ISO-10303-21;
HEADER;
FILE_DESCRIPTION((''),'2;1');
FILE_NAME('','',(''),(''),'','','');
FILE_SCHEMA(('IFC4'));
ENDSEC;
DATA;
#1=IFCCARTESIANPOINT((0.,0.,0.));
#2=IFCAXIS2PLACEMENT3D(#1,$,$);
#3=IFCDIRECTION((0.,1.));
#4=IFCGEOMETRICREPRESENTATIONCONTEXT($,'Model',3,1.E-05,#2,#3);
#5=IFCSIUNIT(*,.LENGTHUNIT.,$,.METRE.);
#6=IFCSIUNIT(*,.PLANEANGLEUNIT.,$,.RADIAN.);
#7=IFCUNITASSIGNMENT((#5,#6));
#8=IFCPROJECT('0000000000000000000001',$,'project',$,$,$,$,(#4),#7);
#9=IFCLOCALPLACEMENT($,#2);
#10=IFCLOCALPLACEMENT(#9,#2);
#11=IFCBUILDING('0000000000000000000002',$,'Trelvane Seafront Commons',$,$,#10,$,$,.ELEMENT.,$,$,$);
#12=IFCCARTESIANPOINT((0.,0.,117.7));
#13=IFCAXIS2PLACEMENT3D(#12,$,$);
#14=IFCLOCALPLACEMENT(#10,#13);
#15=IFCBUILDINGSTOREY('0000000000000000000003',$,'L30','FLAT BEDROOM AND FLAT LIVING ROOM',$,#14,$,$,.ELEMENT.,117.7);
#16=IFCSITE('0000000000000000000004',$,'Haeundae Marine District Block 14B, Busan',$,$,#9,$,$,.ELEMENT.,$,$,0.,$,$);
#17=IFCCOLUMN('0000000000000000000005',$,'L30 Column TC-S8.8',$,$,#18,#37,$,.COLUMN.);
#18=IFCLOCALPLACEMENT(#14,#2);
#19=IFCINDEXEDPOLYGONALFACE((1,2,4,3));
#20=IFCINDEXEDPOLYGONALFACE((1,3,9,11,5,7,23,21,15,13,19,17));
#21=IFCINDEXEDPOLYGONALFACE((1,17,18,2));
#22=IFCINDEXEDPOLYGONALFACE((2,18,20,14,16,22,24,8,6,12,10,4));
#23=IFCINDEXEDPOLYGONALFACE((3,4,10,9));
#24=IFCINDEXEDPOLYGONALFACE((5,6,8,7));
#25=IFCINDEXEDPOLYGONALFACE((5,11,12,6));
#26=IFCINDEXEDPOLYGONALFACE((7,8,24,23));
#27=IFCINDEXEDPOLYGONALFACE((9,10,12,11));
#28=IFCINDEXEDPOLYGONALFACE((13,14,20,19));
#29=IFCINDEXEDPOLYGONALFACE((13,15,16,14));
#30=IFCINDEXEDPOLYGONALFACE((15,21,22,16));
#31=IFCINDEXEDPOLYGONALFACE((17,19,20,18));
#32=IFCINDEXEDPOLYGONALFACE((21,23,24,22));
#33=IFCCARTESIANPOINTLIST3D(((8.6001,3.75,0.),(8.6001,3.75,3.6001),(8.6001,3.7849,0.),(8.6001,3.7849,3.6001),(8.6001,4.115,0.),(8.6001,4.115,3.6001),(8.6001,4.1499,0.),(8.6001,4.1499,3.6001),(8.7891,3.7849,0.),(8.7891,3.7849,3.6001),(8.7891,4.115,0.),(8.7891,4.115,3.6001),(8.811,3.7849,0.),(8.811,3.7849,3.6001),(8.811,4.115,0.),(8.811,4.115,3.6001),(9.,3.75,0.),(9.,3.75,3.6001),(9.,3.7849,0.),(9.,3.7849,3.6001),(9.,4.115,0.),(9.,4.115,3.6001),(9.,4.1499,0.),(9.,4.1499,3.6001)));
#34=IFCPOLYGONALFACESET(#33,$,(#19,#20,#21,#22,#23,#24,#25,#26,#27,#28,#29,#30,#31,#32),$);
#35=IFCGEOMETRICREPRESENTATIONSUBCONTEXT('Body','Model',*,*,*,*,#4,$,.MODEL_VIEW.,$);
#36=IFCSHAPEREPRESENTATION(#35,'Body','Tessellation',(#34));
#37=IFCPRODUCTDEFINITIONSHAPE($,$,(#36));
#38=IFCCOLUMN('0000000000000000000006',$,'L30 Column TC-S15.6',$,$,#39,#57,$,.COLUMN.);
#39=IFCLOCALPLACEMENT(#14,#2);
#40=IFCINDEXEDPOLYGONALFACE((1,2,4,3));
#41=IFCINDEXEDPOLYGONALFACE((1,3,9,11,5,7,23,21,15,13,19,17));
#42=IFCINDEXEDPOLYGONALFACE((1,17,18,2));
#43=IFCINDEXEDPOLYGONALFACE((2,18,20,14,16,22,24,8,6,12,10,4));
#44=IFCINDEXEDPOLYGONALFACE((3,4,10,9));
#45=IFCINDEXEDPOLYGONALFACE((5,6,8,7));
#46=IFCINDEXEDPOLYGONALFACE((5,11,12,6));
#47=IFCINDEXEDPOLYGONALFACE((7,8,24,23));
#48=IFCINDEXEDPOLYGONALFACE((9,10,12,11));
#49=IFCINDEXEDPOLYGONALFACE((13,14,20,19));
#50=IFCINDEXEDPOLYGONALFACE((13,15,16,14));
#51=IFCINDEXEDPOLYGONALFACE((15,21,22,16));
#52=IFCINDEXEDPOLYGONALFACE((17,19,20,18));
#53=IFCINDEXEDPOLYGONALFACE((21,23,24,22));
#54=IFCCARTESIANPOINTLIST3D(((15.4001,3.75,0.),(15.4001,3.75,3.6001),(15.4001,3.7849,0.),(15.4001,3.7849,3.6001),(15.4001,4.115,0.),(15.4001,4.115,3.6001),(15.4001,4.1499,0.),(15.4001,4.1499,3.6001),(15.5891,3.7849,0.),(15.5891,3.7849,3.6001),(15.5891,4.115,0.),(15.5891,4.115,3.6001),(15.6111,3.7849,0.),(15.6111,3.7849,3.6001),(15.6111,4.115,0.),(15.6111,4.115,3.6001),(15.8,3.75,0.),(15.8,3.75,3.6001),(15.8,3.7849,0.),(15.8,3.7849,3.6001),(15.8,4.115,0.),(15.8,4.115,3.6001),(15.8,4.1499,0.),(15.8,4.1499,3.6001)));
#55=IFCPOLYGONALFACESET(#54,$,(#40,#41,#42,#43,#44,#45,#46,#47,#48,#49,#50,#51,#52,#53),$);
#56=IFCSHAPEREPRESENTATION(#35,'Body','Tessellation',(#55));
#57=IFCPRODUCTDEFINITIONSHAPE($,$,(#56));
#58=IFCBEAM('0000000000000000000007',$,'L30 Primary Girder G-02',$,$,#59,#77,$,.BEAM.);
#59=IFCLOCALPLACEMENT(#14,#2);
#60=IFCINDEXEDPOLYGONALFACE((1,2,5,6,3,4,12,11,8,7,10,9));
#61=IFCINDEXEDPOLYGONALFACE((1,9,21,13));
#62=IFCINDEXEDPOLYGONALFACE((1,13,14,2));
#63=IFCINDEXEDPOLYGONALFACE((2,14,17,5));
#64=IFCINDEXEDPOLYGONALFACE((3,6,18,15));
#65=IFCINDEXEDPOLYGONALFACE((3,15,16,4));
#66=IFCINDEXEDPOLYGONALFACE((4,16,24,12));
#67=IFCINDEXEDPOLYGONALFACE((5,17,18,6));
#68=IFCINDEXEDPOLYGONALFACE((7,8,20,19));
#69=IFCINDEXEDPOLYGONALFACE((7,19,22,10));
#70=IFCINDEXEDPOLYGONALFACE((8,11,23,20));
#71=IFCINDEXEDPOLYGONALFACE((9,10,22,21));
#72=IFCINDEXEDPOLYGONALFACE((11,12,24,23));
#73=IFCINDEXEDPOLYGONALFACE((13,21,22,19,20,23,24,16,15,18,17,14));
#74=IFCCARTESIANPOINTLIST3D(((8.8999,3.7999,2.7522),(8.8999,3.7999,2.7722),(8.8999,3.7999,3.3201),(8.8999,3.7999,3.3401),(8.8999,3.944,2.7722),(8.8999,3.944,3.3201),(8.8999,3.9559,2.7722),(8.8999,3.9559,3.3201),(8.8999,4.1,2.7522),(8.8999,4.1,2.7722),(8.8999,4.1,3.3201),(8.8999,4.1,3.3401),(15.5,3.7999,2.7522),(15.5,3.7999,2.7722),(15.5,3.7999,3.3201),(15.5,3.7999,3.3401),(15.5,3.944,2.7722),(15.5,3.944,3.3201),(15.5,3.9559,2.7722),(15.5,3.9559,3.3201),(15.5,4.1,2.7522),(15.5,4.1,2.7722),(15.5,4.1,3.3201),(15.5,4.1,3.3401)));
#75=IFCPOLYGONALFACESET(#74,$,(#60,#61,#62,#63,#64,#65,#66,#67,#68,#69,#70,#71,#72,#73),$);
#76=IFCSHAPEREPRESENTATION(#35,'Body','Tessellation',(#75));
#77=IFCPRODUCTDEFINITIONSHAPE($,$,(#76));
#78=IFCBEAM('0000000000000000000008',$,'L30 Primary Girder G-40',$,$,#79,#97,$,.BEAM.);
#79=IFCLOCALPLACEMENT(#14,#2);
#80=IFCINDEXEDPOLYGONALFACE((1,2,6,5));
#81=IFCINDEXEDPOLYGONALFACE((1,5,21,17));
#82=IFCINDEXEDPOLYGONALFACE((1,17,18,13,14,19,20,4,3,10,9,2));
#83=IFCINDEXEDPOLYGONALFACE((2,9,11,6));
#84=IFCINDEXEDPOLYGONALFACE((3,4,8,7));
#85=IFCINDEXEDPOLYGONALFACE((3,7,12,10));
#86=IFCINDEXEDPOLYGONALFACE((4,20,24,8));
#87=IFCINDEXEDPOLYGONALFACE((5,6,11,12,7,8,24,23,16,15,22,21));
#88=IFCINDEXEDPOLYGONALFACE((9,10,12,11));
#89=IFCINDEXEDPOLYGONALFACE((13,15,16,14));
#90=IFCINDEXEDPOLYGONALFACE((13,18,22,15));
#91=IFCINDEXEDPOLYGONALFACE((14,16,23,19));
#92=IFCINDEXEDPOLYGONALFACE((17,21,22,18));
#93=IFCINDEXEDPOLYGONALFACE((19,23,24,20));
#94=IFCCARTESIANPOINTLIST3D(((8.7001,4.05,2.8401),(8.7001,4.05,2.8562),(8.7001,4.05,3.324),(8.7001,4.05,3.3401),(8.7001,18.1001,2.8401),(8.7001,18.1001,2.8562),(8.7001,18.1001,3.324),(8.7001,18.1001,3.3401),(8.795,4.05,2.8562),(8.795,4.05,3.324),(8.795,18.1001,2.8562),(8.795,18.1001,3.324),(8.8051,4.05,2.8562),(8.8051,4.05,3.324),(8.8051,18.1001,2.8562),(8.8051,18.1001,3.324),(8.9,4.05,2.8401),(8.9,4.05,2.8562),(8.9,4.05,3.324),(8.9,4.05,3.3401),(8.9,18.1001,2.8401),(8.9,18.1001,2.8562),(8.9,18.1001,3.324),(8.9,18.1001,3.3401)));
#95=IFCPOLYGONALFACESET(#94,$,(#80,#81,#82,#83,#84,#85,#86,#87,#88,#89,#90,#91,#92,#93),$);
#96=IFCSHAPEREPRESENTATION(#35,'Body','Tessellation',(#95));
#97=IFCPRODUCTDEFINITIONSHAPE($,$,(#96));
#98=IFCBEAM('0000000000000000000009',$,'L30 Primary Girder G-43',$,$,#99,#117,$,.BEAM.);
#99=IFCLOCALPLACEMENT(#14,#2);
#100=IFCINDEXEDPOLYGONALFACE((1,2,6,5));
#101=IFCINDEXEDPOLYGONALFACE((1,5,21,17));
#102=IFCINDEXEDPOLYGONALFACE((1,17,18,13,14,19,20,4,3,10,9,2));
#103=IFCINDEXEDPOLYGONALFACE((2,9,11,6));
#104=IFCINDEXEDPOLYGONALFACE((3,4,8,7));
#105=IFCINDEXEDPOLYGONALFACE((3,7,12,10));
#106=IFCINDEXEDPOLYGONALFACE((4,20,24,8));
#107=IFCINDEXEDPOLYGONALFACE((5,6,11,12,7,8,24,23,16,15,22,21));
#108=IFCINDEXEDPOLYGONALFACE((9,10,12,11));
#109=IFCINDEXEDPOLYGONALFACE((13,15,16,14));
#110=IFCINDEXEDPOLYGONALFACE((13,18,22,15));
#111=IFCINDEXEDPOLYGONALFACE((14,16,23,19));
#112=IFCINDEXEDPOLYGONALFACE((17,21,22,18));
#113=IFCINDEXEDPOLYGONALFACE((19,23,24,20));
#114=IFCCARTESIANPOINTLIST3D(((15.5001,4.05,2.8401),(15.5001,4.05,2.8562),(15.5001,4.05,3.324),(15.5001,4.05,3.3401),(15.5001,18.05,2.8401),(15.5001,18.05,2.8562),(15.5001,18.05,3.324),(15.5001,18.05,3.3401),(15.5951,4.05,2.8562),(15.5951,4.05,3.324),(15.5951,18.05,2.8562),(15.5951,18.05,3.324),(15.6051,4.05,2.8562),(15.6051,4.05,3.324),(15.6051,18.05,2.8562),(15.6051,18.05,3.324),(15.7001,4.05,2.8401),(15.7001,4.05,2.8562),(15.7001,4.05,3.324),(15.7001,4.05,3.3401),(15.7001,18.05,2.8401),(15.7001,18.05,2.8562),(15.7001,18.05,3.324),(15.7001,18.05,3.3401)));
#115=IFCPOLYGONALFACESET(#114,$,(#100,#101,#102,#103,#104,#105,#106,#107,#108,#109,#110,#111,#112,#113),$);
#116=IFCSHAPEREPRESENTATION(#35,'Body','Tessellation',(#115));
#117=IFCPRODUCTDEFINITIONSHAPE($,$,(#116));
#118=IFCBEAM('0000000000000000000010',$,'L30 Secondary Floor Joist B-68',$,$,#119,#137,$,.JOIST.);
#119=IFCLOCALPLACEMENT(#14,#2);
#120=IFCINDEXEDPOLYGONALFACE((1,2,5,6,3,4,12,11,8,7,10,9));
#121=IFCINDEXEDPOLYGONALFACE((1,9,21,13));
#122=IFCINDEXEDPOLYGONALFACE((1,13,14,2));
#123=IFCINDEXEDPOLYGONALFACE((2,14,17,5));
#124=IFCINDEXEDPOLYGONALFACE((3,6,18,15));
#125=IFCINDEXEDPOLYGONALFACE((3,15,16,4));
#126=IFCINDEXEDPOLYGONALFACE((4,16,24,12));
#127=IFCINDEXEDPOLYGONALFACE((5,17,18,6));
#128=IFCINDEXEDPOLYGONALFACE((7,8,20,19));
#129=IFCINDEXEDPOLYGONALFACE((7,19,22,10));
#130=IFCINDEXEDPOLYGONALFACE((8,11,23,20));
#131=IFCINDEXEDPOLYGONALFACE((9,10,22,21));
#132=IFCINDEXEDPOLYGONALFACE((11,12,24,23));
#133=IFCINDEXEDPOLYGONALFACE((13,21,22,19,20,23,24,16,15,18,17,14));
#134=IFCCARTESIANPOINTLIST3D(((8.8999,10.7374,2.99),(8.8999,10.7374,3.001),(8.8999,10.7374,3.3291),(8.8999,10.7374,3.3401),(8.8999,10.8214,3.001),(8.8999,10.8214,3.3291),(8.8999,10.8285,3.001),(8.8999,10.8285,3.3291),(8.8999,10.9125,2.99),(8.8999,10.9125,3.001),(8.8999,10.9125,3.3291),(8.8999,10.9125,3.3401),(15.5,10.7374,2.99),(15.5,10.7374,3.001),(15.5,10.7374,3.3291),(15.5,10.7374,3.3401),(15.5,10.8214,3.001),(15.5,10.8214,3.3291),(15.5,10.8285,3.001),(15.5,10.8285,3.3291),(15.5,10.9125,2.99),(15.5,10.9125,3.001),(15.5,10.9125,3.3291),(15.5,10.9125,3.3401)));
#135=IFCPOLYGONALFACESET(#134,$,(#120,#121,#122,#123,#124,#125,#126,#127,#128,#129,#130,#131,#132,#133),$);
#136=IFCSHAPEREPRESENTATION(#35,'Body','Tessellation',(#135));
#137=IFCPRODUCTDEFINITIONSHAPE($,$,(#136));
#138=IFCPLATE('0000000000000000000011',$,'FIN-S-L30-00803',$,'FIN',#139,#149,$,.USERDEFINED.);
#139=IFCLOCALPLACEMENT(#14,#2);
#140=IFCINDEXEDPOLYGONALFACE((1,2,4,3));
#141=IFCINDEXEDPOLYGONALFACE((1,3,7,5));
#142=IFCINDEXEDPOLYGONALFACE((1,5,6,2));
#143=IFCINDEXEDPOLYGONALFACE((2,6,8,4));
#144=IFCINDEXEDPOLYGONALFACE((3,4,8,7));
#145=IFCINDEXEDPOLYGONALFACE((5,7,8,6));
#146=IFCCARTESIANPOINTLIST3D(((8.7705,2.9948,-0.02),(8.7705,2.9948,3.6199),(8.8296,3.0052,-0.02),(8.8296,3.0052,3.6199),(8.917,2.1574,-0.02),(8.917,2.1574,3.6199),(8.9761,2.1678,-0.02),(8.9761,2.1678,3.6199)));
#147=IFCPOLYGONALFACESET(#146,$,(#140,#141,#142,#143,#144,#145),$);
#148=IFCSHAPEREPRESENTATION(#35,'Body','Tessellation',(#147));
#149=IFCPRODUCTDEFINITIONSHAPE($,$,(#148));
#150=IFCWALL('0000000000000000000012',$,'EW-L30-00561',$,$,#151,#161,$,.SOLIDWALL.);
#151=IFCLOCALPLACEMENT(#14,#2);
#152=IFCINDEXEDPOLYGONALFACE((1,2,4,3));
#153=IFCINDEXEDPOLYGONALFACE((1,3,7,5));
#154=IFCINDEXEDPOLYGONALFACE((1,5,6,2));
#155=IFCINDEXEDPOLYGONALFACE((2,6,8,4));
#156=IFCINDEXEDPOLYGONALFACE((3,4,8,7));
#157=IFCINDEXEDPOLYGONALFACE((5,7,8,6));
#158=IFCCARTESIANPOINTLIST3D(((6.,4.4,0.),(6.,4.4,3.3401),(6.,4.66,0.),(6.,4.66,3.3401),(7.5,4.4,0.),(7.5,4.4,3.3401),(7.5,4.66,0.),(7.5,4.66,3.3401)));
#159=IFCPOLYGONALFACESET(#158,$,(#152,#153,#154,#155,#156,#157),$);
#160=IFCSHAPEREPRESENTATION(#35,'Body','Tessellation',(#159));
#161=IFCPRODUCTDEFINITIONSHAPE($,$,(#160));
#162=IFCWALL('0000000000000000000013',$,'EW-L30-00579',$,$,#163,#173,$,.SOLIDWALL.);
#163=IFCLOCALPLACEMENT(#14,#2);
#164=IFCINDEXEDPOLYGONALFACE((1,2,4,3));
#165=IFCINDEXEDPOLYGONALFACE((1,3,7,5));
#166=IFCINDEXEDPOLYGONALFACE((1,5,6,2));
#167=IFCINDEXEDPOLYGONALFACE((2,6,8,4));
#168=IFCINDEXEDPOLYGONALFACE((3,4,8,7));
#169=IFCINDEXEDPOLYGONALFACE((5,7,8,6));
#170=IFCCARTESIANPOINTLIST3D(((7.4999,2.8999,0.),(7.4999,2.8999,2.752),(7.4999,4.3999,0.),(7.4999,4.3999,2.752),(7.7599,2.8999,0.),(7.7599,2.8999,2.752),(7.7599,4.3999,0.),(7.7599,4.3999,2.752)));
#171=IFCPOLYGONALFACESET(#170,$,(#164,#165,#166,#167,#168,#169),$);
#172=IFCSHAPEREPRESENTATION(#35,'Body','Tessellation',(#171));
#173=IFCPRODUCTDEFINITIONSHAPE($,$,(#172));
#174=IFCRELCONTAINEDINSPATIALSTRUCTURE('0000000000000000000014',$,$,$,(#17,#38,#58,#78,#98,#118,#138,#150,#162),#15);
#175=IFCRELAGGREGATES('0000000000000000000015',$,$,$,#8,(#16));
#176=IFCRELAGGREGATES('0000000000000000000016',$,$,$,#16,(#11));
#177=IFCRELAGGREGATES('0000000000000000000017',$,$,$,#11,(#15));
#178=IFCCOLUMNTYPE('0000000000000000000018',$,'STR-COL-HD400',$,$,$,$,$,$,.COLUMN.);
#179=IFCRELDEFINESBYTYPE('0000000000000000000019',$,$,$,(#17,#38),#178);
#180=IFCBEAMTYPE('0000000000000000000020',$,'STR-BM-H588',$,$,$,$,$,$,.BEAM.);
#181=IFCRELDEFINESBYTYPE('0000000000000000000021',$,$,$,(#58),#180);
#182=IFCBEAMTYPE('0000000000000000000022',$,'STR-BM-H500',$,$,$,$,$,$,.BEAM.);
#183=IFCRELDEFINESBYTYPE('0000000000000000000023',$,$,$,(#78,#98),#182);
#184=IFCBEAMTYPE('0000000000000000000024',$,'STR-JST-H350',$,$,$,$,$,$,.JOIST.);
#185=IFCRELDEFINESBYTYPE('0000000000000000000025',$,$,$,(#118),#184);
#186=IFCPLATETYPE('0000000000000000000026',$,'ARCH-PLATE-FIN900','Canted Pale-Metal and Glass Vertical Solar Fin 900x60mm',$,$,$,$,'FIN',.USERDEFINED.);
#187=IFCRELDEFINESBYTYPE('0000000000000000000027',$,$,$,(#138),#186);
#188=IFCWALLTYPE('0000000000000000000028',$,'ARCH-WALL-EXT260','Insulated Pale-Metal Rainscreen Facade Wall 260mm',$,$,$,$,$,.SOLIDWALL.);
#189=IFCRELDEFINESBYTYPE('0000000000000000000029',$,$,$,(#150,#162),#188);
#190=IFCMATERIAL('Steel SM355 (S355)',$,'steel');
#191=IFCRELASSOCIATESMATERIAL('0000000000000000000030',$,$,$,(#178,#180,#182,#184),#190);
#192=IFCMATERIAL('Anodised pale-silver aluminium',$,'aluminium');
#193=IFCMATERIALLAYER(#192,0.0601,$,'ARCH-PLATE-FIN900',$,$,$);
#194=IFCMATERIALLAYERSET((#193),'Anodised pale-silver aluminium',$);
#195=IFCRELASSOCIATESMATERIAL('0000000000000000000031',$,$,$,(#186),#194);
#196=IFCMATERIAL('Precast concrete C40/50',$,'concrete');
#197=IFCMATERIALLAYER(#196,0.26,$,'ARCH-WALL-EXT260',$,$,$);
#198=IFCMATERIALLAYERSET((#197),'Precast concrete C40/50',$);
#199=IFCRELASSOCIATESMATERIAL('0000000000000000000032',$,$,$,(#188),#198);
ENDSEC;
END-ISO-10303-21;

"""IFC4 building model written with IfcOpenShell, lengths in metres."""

from ifc_helpers import new_model, si_unit, direction, frame, frame_2d, origin, origin_2d, place, context, subcontext, project, spatial, rectangle, i_section, extrude, source, transform, mapped, material, layer, layer_set, material_profile, profile_set, type_object, element, save


model = new_model("IFC4")

# Units and contexts
model_context = context("Model", 3, precision=1e-05, world=origin(), true_north=direction((0.0, 1.0)))
body_context = subcontext(model_context, "Body", "Model", "MODEL_VIEW")
ifc_project = project(units=[si_unit("LENGTHUNIT", "METRE"), si_unit("PLANEANGLEUNIT", "RADIAN")], contexts=[model_context])

# Site, building, storey
site_placement = place(None, origin())
site = spatial("IfcSite", under=ifc_project, at=site_placement, Name="Haeundae Marine District Block 14B, Busan", CompositionType="ELEMENT", RefElevation=0.0)
building_placement = place(site_placement, origin())
building = spatial("IfcBuilding", under=site, at=building_placement, Name="Trelvane Seafront Commons", CompositionType="ELEMENT")
storey_placement = place(building_placement, frame((0.0, 0.0, 117.7)))
storey = spatial("IfcBuildingStorey", under=building, at=storey_placement, Name="L30", Description="FLAT BEDROOM AND FLAT LIVING ROOM", CompositionType="ELEMENT", Elevation=117.7)

# Columns
ifc_material_1 = material(Name="Steel SM355 (S355)", Category="steel")
ifc_material_profile_1 = material_profile(ifc_material_1, i_section(OverallWidth=0.3999, OverallDepth=0.3999, WebThickness=0.022, FlangeThickness=0.0349, at=origin_2d()), Name="HD-400x400x22x35")
ifc_profile_set_1 = profile_set([ifc_material_profile_1], Name="Steel SM355 (S355)")
column_type = type_object("IfcColumnType", Name="STR-COL-HD400", PredefinedType="COLUMN", material=ifc_profile_set_1)
shared_shape_1 = source(origin(), body_context, "Body", "SweptSolid", [
    extrude(i_section(OverallWidth=0.3999, OverallDepth=0.3999, WebThickness=0.022, FlangeThickness=0.0349, at=origin_2d()), origin(), (0.0, 0.0, 1.0), 3.6001),
])
for number, where, z_axis, x_axis, name in (
    (1, (8.8, 3.95, 0.0), (0.0, 0.0, 1.0), (1.0, 0.0, 0.0), "L30 Column TC-S8.8"),
    (2, (15.6001, 3.95, 0.0), (0.0, 0.0, 1.0), (1.0, 0.0, 0.0), "L30 Column TC-S15.6"),
):
    element("IfcColumn", number, at=place(storey_placement, frame(where, z_axis=z_axis, x_axis=x_axis)), inside=storey, type_object=column_type, Name=name, PredefinedType="COLUMN", context=body_context, shape_type="MappedRepresentation", body=[
        mapped(shared_shape_1, transform((0.0, 0.0, 0.0), x_axis=(1.0, 0.0, 0.0), y_axis=(0.0, 1.0, 0.0), z_axis=(0.0, 0.0, 1.0), scale=1.0)),
    ])

# Beams
ifc_material_profile_2 = material_profile(ifc_material_1, i_section(OverallWidth=0.3, OverallDepth=0.5879, WebThickness=0.012, FlangeThickness=0.02, at=origin_2d()), Name="H-588x300x12x20")
ifc_profile_set_2 = profile_set([ifc_material_profile_2], Name="Steel SM355 (S355)")
beam_type_1 = type_object("IfcBeamType", Name="STR-BM-H588", PredefinedType="BEAM", material=ifc_profile_set_2)
shared_shape_2 = source(origin(), body_context, "Body", "SweptSolid", [
    extrude(i_section(OverallWidth=0.3, OverallDepth=0.5879, WebThickness=0.012, FlangeThickness=0.02, at=origin_2d()), origin(), (0.0, 0.0, 1.0), 6.6001),
])
beam_1_placement = place(storey_placement, frame((8.8999, 3.95, 3.0461), z_axis=(1.0, 0.0, 0.0), x_axis=(0.0, 1.0, 0.0)))
element("IfcBeam", 3, at=beam_1_placement, inside=storey, type_object=beam_type_1, Name="L30 Primary Girder G-02", PredefinedType="BEAM", context=body_context, shape_type="MappedRepresentation", body=[
    mapped(shared_shape_2, transform((0.0, 0.0, 0.0), x_axis=(1.0, 0.0, 0.0), y_axis=(0.0, 1.0, 0.0), z_axis=(0.0, 0.0, 1.0), scale=1.0)),
])
ifc_material_profile_3 = material_profile(ifc_material_1, i_section(OverallWidth=0.2, OverallDepth=0.5, WebThickness=0.01, FlangeThickness=0.0161, at=origin_2d()), Name="H-500x200x10x16")
ifc_profile_set_3 = profile_set([ifc_material_profile_3], Name="Steel SM355 (S355)")
beam_type_2 = type_object("IfcBeamType", Name="STR-BM-H500", PredefinedType="BEAM", material=ifc_profile_set_3)
shared_shape_3 = source(origin(), body_context, "Body", "SweptSolid", [
    extrude(i_section(OverallWidth=0.2, OverallDepth=0.5, WebThickness=0.01, FlangeThickness=0.0161, at=origin_2d()), origin(), (0.0, 0.0, 1.0), 14.05),
])
beam_2_placement = place(storey_placement, frame((8.8, 4.05, 3.0901), z_axis=(0.0, 1.0, 0.0), x_axis=(-1.0, 0.0, 0.0)))
element("IfcBeam", 4, at=beam_2_placement, inside=storey, type_object=beam_type_2, Name="L30 Primary Girder G-40", PredefinedType="BEAM", context=body_context, shape_type="MappedRepresentation", body=[
    mapped(shared_shape_3, transform((0.0, 0.0, 0.0), x_axis=(1.0, 0.0, 0.0), y_axis=(0.0, 1.0, 0.0), z_axis=(0.0, 0.0, 1.0), scale=1.0)),
])
shared_shape_4 = source(origin(), body_context, "Body", "SweptSolid", [
    extrude(i_section(OverallWidth=0.2, OverallDepth=0.5, WebThickness=0.01, FlangeThickness=0.0161, at=origin_2d()), origin(), (0.0, 0.0, 1.0), 14.0),
])
beam_3_placement = place(storey_placement, frame((15.6001, 4.05, 3.0901), z_axis=(0.0, 1.0, 0.0), x_axis=(-1.0, 0.0, 0.0)))
element("IfcBeam", 5, at=beam_3_placement, inside=storey, type_object=beam_type_2, Name="L30 Primary Girder G-43", PredefinedType="BEAM", context=body_context, shape_type="MappedRepresentation", body=[
    mapped(shared_shape_4, transform((0.0, 0.0, 0.0), x_axis=(1.0, 0.0, 0.0), y_axis=(0.0, 1.0, 0.0), z_axis=(0.0, 0.0, 1.0), scale=1.0)),
])
ifc_material_profile_4 = material_profile(ifc_material_1, i_section(OverallWidth=0.175, OverallDepth=0.3501, WebThickness=0.0071, FlangeThickness=0.011, at=origin_2d()), Name="H-350x175x7x11")
ifc_profile_set_4 = profile_set([ifc_material_profile_4], Name="Steel SM355 (S355)")
beam_type_3 = type_object("IfcBeamType", Name="STR-JST-H350", PredefinedType="JOIST", material=ifc_profile_set_4)
shared_shape_5 = source(origin(), body_context, "Body", "SweptSolid", [
    extrude(i_section(OverallWidth=0.175, OverallDepth=0.3501, WebThickness=0.0071, FlangeThickness=0.011, at=origin_2d()), origin(), (0.0, 0.0, 1.0), 6.6001),
])
beam_4_placement = place(storey_placement, frame((8.8999, 10.825, 3.165), z_axis=(1.0, 0.0, 0.0), x_axis=(0.0, 1.0, 0.0)))
element("IfcBeam", 6, at=beam_4_placement, inside=storey, type_object=beam_type_3, Name="L30 Secondary Floor Joist B-68", PredefinedType="JOIST", context=body_context, shape_type="MappedRepresentation", body=[
    mapped(shared_shape_5, transform((0.0, 0.0, 0.0), x_axis=(1.0, 0.0, 0.0), y_axis=(0.0, 1.0, 0.0), z_axis=(0.0, 0.0, 1.0), scale=1.0)),
])

# Plate
ifc_material_2 = material(Name="Anodised pale-silver aluminium", Category="aluminium")
ifc_layer_1 = layer(ifc_material_2, 0.0601, Name="ARCH-PLATE-FIN900")
ifc_layer_set_1 = layer_set([ifc_layer_1], Name="Anodised pale-silver aluminium")
plate_type = type_object("IfcPlateType", Name="ARCH-PLATE-FIN900", Description="Canted Pale-Metal and Glass Vertical Solar Fin 900x60mm", ElementType="FIN", PredefinedType="USERDEFINED", material=ifc_layer_set_1)
shared_shape_6 = source(origin(), body_context, "Body", "SweptSolid", [
    extrude(rectangle(XDim=0.8501, YDim=0.0601, at=origin_2d()), origin(), (0.0, 0.0, 1.0), 3.6399),
])
plate_placement = place(storey_placement, frame((8.8733, 2.5813, -0.02), z_axis=(0.0, 0.0, 1.0), x_axis=(0.172349, -0.985036, 0.0)))
element("IfcPlate", 7, at=plate_placement, inside=storey, type_object=plate_type, Name="FIN-S-L30-00803", ObjectType="FIN", PredefinedType="USERDEFINED", context=body_context, shape_type="MappedRepresentation", body=[
    mapped(shared_shape_6, transform((0.0, 0.0, 0.0), x_axis=(1.0, 0.0, 0.0), y_axis=(0.0, 1.0, 0.0), z_axis=(0.0, 0.0, 1.0), scale=1.0)),
])

# Walls
ifc_material_3 = material(Name="Precast concrete C40/50", Category="concrete")
ifc_layer_2 = layer(ifc_material_3, 0.26, Name="ARCH-WALL-EXT260")
ifc_layer_set_2 = layer_set([ifc_layer_2], Name="Precast concrete C40/50")
wall_type_1 = type_object("IfcWallType", Name="ARCH-WALL-EXT260", Description="Insulated Pale-Metal Rainscreen Facade Wall 260mm", PredefinedType="SOLIDWALL", material=ifc_layer_set_2)
wall_1_placement = place(storey_placement, frame((7.5, 4.53, 0.0), z_axis=(0.0, 0.0, 1.0), x_axis=(-1.0, 0.0, 0.0)))
element("IfcWall", 8, at=wall_1_placement, inside=storey, type_object=wall_type_1, Name="EW-L30-00561", PredefinedType="SOLIDWALL", context=body_context, shape_type="SweptSolid", body=[
    extrude(rectangle(XDim=1.5, YDim=0.26, at=frame_2d((0.75, 0.0))), origin(), (0.0, 0.0, 1.0), 3.3401),
])
wall_2_placement = place(storey_placement, frame((7.6299, 2.8999, 0.0), z_axis=(0.0, 0.0, 1.0), x_axis=(0.0, 1.0, 0.0)))
element("IfcWall", 9, at=wall_2_placement, inside=storey, type_object=wall_type_1, Name="EW-L30-00579", PredefinedType="SOLIDWALL", context=body_context, shape_type="SweptSolid", body=[
    extrude(rectangle(XDim=1.5, YDim=0.26, at=frame_2d((0.75, 0.0))), origin(), (0.0, 0.0, 1.0), 2.752),
])

save(model, "model.ifc")
